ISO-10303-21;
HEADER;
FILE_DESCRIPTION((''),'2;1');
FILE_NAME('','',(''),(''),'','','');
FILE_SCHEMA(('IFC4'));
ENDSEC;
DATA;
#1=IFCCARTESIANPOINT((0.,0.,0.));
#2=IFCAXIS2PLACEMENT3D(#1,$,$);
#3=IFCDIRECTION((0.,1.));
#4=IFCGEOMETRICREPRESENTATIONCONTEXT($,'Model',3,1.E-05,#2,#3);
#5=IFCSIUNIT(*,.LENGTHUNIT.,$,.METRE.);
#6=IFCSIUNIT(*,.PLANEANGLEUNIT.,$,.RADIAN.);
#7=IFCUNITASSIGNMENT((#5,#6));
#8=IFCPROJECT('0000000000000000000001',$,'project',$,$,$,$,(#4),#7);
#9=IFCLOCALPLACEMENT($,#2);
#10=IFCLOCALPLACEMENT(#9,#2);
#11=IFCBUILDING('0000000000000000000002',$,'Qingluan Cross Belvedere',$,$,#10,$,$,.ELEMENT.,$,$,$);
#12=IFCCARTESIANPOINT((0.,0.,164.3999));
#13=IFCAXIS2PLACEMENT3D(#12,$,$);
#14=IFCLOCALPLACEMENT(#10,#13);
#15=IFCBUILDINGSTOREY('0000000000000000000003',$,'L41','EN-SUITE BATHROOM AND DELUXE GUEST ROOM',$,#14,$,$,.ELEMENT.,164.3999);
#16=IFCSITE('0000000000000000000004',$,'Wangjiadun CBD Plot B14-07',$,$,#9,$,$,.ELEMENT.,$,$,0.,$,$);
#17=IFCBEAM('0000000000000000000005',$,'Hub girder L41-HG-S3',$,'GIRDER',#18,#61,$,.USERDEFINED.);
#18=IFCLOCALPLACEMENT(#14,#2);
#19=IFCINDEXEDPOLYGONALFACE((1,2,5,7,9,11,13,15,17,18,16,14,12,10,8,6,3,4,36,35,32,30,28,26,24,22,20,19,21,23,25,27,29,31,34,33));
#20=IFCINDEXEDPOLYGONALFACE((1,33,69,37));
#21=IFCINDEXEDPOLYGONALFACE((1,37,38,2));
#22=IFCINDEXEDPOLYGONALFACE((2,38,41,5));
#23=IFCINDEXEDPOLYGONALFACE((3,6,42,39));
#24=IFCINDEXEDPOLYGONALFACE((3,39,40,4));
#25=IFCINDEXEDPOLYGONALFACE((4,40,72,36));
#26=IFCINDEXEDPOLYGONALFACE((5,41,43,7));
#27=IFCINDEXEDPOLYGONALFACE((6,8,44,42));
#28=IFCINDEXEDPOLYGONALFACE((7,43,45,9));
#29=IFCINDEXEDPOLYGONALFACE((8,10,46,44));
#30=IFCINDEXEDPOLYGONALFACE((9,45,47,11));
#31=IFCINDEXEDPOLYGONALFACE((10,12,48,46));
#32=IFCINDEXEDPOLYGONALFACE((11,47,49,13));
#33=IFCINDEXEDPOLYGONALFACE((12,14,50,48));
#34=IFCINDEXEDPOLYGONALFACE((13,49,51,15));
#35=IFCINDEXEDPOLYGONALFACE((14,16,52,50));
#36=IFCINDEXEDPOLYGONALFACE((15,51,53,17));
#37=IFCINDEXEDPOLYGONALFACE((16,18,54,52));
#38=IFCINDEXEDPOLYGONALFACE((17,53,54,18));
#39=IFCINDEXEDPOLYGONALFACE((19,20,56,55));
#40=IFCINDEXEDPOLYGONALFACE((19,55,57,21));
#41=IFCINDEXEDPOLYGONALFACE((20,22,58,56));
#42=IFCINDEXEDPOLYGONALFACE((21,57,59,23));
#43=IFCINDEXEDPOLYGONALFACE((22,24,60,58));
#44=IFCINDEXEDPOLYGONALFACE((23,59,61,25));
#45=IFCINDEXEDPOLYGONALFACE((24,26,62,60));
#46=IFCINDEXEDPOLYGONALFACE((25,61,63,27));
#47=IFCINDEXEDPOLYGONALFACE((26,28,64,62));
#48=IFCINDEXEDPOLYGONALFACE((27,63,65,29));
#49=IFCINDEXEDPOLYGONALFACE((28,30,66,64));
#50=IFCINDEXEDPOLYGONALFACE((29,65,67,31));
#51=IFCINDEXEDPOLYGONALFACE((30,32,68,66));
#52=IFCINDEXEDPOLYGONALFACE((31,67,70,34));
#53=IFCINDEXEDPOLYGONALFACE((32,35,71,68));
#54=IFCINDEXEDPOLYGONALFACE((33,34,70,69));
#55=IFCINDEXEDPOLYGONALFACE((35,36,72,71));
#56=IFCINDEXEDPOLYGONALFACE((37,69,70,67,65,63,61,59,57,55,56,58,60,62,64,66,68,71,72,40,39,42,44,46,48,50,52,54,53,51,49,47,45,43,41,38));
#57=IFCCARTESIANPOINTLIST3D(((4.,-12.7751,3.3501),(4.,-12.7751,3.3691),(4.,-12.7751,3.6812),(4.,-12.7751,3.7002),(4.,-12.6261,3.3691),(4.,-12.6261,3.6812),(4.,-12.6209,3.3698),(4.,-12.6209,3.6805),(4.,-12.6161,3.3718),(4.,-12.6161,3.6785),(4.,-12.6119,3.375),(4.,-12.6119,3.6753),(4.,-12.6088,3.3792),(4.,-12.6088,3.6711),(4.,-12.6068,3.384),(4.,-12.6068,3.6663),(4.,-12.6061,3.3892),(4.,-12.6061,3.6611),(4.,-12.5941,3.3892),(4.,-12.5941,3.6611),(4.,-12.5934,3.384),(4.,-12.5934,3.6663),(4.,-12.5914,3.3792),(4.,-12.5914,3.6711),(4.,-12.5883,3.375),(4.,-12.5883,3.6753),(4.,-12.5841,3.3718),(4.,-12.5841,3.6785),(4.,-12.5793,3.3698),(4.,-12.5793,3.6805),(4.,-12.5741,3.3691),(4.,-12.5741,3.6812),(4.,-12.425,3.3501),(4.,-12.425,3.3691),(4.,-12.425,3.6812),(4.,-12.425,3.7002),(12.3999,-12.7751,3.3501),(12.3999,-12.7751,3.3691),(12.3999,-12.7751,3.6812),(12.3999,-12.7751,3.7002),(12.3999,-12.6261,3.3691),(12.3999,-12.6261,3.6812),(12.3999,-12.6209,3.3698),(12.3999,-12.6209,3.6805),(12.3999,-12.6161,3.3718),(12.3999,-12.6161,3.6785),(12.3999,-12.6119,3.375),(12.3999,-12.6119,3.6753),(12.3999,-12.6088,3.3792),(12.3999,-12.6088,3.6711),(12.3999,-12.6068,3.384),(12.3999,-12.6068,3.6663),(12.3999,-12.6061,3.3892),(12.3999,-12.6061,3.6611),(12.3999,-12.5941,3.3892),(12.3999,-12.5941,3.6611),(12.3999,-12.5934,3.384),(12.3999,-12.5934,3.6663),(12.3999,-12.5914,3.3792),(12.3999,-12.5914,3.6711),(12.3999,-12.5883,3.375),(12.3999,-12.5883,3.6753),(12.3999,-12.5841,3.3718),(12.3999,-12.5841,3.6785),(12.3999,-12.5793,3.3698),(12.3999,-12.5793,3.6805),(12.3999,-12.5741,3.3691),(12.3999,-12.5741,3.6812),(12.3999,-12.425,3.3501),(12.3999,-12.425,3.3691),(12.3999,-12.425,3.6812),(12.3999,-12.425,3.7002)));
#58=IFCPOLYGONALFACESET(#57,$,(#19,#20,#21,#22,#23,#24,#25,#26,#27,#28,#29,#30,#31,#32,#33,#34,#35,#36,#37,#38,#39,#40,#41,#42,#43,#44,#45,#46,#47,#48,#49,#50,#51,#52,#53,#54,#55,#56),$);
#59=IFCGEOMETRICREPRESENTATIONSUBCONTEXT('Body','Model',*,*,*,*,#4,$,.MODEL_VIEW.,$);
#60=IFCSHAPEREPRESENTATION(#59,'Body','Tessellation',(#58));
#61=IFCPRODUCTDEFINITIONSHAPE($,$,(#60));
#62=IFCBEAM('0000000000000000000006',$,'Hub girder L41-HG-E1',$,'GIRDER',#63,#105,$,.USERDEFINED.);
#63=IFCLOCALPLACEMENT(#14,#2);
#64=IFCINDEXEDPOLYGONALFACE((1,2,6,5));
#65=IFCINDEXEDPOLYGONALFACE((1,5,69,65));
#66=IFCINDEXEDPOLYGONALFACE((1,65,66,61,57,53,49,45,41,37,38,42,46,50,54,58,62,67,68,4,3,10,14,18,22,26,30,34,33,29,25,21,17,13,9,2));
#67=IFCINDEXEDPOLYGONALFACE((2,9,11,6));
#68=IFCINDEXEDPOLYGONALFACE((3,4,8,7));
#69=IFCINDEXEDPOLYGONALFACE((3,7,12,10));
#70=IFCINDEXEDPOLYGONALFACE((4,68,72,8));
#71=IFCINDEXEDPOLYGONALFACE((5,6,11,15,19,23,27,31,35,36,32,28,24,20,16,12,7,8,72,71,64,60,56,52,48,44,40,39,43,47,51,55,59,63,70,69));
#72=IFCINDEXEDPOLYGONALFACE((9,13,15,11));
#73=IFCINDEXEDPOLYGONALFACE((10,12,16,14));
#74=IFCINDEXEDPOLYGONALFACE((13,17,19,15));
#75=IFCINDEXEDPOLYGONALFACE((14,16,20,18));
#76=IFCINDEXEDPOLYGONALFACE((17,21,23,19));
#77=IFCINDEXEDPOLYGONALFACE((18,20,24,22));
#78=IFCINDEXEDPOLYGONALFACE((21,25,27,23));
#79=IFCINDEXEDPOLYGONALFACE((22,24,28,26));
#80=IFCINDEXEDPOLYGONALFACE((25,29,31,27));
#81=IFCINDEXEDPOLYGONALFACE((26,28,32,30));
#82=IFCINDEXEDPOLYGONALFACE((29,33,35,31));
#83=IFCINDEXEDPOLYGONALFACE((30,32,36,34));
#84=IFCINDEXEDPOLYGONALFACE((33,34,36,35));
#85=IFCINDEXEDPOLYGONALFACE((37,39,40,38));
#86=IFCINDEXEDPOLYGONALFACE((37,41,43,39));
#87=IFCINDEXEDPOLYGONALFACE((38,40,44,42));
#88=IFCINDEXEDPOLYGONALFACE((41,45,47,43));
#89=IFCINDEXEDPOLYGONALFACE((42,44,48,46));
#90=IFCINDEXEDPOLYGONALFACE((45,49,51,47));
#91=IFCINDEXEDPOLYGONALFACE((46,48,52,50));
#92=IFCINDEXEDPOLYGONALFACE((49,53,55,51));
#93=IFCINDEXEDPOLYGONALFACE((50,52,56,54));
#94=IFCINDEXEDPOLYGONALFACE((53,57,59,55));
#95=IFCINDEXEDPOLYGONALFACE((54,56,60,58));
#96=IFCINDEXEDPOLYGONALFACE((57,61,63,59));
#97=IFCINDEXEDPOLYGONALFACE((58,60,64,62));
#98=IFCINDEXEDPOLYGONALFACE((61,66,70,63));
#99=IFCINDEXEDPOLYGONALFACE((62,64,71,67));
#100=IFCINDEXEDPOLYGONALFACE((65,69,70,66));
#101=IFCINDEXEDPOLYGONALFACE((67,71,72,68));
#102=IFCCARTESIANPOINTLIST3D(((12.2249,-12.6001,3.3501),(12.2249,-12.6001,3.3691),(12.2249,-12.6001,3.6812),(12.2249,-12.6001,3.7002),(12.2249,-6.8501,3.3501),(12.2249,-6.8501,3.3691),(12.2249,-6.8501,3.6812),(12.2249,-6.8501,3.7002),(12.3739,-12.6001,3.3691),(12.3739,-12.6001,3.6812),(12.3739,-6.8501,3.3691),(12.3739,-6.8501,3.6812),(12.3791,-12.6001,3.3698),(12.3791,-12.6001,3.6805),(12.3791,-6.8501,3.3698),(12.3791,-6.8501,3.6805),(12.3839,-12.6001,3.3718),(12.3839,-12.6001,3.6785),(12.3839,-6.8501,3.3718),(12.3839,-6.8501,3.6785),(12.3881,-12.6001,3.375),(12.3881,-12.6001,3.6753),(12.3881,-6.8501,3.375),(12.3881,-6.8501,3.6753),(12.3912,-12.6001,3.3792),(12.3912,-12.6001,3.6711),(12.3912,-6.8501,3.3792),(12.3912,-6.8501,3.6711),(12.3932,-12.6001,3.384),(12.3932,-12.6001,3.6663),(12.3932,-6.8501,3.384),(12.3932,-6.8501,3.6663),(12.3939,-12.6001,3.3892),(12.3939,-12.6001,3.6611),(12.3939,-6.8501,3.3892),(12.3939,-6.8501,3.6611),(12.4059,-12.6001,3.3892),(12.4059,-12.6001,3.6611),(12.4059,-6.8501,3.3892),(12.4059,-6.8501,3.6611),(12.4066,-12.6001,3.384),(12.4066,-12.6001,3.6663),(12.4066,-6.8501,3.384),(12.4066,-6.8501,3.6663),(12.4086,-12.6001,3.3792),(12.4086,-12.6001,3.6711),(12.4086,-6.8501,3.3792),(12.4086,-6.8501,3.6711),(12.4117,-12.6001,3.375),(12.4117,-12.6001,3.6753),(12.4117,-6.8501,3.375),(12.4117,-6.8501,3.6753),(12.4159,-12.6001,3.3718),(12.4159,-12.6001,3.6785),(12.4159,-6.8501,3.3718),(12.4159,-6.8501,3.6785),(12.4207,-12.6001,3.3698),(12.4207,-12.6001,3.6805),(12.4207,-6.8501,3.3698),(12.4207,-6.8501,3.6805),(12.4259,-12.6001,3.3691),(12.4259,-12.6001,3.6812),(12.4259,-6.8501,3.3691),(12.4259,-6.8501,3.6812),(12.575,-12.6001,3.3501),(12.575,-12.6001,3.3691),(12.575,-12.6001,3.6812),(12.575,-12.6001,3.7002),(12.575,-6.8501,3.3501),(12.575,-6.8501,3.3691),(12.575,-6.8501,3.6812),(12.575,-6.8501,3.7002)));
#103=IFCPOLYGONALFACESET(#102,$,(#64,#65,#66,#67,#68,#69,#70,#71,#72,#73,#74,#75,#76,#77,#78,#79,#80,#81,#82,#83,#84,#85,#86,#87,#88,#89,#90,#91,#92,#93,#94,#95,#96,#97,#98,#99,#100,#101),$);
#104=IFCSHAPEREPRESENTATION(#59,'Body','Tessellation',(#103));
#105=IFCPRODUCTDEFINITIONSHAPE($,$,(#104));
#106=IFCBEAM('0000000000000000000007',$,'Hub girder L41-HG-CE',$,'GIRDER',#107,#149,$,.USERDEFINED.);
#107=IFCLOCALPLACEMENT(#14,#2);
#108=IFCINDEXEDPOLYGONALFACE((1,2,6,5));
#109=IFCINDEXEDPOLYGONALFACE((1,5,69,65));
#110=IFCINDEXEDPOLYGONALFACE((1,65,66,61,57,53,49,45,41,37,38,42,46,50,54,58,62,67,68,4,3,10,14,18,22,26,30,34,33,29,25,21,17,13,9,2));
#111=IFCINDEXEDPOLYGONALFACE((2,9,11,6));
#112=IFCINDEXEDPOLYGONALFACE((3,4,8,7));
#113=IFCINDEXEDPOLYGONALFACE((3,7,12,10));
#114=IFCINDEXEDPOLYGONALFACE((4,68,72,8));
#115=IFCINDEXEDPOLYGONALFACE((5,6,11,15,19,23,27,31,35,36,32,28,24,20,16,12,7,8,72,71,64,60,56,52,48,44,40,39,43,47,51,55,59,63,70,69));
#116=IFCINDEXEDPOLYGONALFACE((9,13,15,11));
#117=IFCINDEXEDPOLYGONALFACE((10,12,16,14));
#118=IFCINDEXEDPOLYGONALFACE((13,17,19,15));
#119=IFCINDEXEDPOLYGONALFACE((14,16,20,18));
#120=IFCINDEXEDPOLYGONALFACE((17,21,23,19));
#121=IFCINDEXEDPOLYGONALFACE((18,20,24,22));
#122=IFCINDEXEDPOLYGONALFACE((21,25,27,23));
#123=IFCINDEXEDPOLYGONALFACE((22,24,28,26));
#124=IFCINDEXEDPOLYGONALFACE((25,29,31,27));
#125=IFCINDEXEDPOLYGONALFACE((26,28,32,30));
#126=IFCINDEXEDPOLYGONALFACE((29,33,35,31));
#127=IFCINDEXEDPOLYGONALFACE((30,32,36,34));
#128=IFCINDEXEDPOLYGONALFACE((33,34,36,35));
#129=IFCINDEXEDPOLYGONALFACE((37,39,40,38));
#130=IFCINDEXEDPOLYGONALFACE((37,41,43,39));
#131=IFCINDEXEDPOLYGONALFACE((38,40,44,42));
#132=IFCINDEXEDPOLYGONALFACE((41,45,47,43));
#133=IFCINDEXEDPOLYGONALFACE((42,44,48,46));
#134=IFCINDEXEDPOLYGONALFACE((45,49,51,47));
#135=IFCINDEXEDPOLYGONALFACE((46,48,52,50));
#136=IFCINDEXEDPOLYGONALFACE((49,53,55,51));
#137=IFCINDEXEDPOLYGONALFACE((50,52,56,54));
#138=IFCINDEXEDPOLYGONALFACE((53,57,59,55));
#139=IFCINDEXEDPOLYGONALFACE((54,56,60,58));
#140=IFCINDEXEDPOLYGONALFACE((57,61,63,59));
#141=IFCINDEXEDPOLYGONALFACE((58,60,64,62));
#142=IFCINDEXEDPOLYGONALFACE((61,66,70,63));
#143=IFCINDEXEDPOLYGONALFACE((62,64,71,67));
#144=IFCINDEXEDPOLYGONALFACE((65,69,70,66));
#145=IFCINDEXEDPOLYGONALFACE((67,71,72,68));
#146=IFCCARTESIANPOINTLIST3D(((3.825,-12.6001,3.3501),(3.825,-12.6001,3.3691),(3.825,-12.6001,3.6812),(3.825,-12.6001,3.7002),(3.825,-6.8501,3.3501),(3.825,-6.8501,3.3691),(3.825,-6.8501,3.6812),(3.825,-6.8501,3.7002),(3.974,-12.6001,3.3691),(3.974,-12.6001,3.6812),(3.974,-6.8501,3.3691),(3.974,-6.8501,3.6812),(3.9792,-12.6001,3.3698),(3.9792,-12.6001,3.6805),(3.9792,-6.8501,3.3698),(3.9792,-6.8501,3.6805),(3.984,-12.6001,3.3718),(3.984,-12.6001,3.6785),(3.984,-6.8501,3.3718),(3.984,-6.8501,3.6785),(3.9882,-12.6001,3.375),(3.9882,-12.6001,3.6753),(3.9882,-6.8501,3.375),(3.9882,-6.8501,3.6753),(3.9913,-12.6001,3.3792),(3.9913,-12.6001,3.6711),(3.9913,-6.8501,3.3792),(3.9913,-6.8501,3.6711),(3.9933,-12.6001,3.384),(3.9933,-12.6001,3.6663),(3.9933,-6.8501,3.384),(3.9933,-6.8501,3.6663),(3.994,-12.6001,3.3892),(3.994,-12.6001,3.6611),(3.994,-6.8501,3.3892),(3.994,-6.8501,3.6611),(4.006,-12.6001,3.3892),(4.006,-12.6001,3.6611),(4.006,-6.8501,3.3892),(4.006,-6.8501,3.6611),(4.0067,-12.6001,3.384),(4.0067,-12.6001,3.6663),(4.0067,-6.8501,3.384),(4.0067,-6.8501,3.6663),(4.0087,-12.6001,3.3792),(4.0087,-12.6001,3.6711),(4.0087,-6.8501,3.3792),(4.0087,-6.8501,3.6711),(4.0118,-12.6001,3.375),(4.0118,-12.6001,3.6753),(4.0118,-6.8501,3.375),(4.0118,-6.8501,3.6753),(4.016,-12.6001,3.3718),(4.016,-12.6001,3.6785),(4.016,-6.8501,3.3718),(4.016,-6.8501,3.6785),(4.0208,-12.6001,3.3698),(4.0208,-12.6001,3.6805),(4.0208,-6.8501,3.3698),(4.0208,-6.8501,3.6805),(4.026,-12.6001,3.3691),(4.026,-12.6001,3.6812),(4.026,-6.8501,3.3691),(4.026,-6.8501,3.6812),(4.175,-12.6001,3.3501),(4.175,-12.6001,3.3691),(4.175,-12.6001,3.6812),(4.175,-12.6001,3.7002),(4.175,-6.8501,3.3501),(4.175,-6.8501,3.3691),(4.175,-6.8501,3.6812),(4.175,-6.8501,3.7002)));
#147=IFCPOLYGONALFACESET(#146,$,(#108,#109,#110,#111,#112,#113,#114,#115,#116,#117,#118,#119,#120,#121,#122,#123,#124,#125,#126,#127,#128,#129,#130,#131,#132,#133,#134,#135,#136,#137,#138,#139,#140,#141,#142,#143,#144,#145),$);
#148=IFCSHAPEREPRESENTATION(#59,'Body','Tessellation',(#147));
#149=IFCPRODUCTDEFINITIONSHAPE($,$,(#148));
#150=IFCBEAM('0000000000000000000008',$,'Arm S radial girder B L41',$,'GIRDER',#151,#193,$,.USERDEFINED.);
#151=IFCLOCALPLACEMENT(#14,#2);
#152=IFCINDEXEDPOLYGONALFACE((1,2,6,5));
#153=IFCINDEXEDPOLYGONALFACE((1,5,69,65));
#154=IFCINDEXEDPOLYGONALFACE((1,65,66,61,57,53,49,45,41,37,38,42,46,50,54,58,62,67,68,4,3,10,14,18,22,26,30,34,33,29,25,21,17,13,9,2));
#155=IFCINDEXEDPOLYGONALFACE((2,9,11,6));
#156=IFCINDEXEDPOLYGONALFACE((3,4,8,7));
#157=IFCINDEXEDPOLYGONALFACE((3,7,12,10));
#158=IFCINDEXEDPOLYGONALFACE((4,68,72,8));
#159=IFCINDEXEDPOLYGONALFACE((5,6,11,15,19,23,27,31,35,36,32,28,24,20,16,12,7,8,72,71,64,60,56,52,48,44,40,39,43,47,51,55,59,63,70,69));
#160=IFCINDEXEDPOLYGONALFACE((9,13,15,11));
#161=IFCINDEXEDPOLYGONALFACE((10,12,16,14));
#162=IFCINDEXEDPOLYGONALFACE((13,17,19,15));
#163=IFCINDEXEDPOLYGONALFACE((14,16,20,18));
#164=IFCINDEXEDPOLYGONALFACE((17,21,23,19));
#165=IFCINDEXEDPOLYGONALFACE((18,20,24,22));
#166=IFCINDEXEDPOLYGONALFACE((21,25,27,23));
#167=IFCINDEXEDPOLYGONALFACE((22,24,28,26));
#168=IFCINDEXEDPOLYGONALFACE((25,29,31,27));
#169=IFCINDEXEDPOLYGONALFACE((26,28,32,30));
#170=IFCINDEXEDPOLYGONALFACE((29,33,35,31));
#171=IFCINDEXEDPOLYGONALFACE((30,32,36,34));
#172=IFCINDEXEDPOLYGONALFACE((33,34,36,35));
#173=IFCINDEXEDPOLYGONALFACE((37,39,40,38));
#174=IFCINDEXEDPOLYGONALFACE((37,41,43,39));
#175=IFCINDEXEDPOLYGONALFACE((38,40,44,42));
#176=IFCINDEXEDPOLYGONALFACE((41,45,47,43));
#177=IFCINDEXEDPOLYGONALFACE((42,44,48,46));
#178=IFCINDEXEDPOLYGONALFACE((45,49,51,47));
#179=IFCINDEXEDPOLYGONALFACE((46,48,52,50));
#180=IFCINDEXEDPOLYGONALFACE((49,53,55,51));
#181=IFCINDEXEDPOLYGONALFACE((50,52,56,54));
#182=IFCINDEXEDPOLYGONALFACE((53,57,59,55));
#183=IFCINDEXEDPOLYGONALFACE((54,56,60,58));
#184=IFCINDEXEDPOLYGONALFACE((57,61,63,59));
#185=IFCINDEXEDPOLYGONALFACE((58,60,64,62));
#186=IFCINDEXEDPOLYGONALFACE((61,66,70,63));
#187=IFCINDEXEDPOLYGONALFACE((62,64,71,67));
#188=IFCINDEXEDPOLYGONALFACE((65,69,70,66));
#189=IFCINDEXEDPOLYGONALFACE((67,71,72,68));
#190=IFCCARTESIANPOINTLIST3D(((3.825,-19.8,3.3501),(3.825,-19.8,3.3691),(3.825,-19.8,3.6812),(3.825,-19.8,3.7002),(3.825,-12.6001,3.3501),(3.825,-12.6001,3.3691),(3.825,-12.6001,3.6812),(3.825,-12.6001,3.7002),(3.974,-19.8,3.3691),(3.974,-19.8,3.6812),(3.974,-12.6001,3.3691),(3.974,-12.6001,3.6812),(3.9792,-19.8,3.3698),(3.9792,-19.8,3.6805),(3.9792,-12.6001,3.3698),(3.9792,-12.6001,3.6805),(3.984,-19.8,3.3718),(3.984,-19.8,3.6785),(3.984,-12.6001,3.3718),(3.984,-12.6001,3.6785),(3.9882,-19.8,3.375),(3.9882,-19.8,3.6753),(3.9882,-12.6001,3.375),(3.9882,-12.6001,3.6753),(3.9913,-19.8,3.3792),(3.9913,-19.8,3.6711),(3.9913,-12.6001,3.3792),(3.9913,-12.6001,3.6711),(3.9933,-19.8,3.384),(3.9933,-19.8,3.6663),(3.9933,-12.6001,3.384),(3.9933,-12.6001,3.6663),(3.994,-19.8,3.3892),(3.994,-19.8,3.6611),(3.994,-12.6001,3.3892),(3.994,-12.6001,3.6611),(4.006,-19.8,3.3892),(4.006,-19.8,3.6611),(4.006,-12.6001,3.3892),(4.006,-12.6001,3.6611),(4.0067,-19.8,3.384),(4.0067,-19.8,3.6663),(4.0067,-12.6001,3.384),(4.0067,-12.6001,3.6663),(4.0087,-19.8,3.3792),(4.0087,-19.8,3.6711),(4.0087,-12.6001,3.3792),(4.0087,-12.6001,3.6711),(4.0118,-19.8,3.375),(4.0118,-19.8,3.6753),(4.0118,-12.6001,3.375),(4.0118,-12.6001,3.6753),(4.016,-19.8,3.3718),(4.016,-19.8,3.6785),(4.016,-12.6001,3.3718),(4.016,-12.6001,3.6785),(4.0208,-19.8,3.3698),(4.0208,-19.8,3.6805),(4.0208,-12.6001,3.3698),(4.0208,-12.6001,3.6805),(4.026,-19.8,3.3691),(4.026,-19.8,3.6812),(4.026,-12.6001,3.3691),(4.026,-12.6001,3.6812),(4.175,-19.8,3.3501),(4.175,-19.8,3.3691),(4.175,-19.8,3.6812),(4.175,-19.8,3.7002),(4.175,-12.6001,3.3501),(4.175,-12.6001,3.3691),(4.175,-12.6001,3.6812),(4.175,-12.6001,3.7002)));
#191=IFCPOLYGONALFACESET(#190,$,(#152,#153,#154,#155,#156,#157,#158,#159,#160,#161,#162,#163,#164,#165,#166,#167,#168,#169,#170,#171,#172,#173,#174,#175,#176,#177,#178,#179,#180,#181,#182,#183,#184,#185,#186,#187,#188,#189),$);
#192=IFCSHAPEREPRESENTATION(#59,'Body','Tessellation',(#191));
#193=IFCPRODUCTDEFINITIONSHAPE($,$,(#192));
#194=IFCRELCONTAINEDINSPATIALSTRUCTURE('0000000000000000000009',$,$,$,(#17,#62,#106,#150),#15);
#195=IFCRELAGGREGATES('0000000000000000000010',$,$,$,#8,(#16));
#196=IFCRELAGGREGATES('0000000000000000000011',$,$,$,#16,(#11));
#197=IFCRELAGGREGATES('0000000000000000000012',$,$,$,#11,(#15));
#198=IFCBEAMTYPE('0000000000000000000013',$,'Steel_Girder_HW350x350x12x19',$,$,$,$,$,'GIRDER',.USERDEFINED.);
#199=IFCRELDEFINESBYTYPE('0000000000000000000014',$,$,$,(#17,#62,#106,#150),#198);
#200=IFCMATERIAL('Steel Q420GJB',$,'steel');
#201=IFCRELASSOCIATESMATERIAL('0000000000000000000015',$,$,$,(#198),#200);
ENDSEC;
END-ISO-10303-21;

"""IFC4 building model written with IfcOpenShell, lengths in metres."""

from ifc_helpers import new_model, si_unit, direction, frame, origin, origin_2d, place, context, subcontext, project, spatial, i_section, extrude, material, material_profile, profile_set, type_object, element, save


model = new_model("IFC4")

# Units and contexts
model_context = context("Model", 3, precision=1e-05, world=origin(), true_north=direction((0.0, 1.0)))
body_context = subcontext(model_context, "Body", "Model", "MODEL_VIEW")
ifc_project = project(units=[si_unit("LENGTHUNIT", "METRE"), si_unit("PLANEANGLEUNIT", "RADIAN")], contexts=[model_context])

# Site, building, storey
site_placement = place(None, origin())
site = spatial("IfcSite", under=ifc_project, at=site_placement, Name="Wangjiadun CBD Plot B14-07", CompositionType="ELEMENT", RefElevation=0.0)
building_placement = place(site_placement, origin())
building = spatial("IfcBuilding", under=site, at=building_placement, Name="Qingluan Cross Belvedere", CompositionType="ELEMENT")
storey_placement = place(building_placement, frame((0.0, 0.0, 164.3999)))
storey = spatial("IfcBuildingStorey", under=building, at=storey_placement, Name="L41", Description="EN-SUITE BATHROOM AND DELUXE GUEST ROOM", CompositionType="ELEMENT", Elevation=164.3999)

# Beams
ifc_material_1 = material(Name="Steel Q420GJB", Category="steel")
ifc_material_profile_1 = material_profile(ifc_material_1, i_section(OverallWidth=0.3501, OverallDepth=0.3501, WebThickness=0.012, FlangeThickness=0.019, FilletRadius=0.02, at=origin_2d()), Name="HW350x350x12x19")
ifc_profile_set_1 = profile_set([ifc_material_profile_1], Name="Steel Q420GJB")
beam_type_1 = type_object("IfcBeamType", Name="Steel_Girder_HW350x350x12x19", ElementType="GIRDER", PredefinedType="USERDEFINED", material=ifc_profile_set_1)
beam_1_placement = place(storey_placement, frame((4.0, -12.6001, 3.5251), z_axis=(1.0, 0.0, 0.0), x_axis=(0.0, 1.0, 0.0)))
element("IfcBeam", 1, at=beam_1_placement, inside=storey, type_object=beam_type_1, Name="Hub girder L41-HG-S3", ObjectType="GIRDER", PredefinedType="USERDEFINED", context=body_context, shape_type="SweptSolid", body=[
    extrude(i_section(OverallWidth=0.3501, OverallDepth=0.3501, WebThickness=0.012, FlangeThickness=0.019, FilletRadius=0.02, at=origin_2d()), origin(), (0.0, 0.0, 1.0), 8.3999),
])
for number, where, z_axis, x_axis, name in (
    (2, (12.3999, -12.6001, 3.5251), (0.0, 1.0, 0.0), (-1.0, 0.0, 0.0), "Hub girder L41-HG-E1"),
    (3, (4.0, -12.6001, 3.5251), (0.0, 1.0, 0.0), (-1.0, 0.0, 0.0), "Hub girder L41-HG-CE"),
):
    element("IfcBeam", number, at=place(storey_placement, frame(where, z_axis=z_axis, x_axis=x_axis)), inside=storey, type_object=beam_type_1, Name=name, ObjectType="GIRDER", PredefinedType="USERDEFINED", context=body_context, shape_type="SweptSolid", body=[
        extrude(i_section(OverallWidth=0.3501, OverallDepth=0.3501, WebThickness=0.012, FlangeThickness=0.019, FilletRadius=0.02, at=origin_2d()), origin(), (0.0, 0.0, 1.0), 5.75),
    ])
beam_2_placement = place(storey_placement, frame((4.0, -12.6001, 3.5251), z_axis=(0.0, -1.0, 0.0), x_axis=(1.0, 0.0, 0.0)))
element("IfcBeam", 4, at=beam_2_placement, inside=storey, type_object=beam_type_1, Name="Arm S radial girder B L41", ObjectType="GIRDER", PredefinedType="USERDEFINED", context=body_context, shape_type="SweptSolid", body=[
    extrude(i_section(OverallWidth=0.3501, OverallDepth=0.3501, WebThickness=0.012, FlangeThickness=0.019, FilletRadius=0.02, at=origin_2d()), origin(), (0.0, 0.0, 1.0), 7.2),
])

save(model, "model.ifc")
